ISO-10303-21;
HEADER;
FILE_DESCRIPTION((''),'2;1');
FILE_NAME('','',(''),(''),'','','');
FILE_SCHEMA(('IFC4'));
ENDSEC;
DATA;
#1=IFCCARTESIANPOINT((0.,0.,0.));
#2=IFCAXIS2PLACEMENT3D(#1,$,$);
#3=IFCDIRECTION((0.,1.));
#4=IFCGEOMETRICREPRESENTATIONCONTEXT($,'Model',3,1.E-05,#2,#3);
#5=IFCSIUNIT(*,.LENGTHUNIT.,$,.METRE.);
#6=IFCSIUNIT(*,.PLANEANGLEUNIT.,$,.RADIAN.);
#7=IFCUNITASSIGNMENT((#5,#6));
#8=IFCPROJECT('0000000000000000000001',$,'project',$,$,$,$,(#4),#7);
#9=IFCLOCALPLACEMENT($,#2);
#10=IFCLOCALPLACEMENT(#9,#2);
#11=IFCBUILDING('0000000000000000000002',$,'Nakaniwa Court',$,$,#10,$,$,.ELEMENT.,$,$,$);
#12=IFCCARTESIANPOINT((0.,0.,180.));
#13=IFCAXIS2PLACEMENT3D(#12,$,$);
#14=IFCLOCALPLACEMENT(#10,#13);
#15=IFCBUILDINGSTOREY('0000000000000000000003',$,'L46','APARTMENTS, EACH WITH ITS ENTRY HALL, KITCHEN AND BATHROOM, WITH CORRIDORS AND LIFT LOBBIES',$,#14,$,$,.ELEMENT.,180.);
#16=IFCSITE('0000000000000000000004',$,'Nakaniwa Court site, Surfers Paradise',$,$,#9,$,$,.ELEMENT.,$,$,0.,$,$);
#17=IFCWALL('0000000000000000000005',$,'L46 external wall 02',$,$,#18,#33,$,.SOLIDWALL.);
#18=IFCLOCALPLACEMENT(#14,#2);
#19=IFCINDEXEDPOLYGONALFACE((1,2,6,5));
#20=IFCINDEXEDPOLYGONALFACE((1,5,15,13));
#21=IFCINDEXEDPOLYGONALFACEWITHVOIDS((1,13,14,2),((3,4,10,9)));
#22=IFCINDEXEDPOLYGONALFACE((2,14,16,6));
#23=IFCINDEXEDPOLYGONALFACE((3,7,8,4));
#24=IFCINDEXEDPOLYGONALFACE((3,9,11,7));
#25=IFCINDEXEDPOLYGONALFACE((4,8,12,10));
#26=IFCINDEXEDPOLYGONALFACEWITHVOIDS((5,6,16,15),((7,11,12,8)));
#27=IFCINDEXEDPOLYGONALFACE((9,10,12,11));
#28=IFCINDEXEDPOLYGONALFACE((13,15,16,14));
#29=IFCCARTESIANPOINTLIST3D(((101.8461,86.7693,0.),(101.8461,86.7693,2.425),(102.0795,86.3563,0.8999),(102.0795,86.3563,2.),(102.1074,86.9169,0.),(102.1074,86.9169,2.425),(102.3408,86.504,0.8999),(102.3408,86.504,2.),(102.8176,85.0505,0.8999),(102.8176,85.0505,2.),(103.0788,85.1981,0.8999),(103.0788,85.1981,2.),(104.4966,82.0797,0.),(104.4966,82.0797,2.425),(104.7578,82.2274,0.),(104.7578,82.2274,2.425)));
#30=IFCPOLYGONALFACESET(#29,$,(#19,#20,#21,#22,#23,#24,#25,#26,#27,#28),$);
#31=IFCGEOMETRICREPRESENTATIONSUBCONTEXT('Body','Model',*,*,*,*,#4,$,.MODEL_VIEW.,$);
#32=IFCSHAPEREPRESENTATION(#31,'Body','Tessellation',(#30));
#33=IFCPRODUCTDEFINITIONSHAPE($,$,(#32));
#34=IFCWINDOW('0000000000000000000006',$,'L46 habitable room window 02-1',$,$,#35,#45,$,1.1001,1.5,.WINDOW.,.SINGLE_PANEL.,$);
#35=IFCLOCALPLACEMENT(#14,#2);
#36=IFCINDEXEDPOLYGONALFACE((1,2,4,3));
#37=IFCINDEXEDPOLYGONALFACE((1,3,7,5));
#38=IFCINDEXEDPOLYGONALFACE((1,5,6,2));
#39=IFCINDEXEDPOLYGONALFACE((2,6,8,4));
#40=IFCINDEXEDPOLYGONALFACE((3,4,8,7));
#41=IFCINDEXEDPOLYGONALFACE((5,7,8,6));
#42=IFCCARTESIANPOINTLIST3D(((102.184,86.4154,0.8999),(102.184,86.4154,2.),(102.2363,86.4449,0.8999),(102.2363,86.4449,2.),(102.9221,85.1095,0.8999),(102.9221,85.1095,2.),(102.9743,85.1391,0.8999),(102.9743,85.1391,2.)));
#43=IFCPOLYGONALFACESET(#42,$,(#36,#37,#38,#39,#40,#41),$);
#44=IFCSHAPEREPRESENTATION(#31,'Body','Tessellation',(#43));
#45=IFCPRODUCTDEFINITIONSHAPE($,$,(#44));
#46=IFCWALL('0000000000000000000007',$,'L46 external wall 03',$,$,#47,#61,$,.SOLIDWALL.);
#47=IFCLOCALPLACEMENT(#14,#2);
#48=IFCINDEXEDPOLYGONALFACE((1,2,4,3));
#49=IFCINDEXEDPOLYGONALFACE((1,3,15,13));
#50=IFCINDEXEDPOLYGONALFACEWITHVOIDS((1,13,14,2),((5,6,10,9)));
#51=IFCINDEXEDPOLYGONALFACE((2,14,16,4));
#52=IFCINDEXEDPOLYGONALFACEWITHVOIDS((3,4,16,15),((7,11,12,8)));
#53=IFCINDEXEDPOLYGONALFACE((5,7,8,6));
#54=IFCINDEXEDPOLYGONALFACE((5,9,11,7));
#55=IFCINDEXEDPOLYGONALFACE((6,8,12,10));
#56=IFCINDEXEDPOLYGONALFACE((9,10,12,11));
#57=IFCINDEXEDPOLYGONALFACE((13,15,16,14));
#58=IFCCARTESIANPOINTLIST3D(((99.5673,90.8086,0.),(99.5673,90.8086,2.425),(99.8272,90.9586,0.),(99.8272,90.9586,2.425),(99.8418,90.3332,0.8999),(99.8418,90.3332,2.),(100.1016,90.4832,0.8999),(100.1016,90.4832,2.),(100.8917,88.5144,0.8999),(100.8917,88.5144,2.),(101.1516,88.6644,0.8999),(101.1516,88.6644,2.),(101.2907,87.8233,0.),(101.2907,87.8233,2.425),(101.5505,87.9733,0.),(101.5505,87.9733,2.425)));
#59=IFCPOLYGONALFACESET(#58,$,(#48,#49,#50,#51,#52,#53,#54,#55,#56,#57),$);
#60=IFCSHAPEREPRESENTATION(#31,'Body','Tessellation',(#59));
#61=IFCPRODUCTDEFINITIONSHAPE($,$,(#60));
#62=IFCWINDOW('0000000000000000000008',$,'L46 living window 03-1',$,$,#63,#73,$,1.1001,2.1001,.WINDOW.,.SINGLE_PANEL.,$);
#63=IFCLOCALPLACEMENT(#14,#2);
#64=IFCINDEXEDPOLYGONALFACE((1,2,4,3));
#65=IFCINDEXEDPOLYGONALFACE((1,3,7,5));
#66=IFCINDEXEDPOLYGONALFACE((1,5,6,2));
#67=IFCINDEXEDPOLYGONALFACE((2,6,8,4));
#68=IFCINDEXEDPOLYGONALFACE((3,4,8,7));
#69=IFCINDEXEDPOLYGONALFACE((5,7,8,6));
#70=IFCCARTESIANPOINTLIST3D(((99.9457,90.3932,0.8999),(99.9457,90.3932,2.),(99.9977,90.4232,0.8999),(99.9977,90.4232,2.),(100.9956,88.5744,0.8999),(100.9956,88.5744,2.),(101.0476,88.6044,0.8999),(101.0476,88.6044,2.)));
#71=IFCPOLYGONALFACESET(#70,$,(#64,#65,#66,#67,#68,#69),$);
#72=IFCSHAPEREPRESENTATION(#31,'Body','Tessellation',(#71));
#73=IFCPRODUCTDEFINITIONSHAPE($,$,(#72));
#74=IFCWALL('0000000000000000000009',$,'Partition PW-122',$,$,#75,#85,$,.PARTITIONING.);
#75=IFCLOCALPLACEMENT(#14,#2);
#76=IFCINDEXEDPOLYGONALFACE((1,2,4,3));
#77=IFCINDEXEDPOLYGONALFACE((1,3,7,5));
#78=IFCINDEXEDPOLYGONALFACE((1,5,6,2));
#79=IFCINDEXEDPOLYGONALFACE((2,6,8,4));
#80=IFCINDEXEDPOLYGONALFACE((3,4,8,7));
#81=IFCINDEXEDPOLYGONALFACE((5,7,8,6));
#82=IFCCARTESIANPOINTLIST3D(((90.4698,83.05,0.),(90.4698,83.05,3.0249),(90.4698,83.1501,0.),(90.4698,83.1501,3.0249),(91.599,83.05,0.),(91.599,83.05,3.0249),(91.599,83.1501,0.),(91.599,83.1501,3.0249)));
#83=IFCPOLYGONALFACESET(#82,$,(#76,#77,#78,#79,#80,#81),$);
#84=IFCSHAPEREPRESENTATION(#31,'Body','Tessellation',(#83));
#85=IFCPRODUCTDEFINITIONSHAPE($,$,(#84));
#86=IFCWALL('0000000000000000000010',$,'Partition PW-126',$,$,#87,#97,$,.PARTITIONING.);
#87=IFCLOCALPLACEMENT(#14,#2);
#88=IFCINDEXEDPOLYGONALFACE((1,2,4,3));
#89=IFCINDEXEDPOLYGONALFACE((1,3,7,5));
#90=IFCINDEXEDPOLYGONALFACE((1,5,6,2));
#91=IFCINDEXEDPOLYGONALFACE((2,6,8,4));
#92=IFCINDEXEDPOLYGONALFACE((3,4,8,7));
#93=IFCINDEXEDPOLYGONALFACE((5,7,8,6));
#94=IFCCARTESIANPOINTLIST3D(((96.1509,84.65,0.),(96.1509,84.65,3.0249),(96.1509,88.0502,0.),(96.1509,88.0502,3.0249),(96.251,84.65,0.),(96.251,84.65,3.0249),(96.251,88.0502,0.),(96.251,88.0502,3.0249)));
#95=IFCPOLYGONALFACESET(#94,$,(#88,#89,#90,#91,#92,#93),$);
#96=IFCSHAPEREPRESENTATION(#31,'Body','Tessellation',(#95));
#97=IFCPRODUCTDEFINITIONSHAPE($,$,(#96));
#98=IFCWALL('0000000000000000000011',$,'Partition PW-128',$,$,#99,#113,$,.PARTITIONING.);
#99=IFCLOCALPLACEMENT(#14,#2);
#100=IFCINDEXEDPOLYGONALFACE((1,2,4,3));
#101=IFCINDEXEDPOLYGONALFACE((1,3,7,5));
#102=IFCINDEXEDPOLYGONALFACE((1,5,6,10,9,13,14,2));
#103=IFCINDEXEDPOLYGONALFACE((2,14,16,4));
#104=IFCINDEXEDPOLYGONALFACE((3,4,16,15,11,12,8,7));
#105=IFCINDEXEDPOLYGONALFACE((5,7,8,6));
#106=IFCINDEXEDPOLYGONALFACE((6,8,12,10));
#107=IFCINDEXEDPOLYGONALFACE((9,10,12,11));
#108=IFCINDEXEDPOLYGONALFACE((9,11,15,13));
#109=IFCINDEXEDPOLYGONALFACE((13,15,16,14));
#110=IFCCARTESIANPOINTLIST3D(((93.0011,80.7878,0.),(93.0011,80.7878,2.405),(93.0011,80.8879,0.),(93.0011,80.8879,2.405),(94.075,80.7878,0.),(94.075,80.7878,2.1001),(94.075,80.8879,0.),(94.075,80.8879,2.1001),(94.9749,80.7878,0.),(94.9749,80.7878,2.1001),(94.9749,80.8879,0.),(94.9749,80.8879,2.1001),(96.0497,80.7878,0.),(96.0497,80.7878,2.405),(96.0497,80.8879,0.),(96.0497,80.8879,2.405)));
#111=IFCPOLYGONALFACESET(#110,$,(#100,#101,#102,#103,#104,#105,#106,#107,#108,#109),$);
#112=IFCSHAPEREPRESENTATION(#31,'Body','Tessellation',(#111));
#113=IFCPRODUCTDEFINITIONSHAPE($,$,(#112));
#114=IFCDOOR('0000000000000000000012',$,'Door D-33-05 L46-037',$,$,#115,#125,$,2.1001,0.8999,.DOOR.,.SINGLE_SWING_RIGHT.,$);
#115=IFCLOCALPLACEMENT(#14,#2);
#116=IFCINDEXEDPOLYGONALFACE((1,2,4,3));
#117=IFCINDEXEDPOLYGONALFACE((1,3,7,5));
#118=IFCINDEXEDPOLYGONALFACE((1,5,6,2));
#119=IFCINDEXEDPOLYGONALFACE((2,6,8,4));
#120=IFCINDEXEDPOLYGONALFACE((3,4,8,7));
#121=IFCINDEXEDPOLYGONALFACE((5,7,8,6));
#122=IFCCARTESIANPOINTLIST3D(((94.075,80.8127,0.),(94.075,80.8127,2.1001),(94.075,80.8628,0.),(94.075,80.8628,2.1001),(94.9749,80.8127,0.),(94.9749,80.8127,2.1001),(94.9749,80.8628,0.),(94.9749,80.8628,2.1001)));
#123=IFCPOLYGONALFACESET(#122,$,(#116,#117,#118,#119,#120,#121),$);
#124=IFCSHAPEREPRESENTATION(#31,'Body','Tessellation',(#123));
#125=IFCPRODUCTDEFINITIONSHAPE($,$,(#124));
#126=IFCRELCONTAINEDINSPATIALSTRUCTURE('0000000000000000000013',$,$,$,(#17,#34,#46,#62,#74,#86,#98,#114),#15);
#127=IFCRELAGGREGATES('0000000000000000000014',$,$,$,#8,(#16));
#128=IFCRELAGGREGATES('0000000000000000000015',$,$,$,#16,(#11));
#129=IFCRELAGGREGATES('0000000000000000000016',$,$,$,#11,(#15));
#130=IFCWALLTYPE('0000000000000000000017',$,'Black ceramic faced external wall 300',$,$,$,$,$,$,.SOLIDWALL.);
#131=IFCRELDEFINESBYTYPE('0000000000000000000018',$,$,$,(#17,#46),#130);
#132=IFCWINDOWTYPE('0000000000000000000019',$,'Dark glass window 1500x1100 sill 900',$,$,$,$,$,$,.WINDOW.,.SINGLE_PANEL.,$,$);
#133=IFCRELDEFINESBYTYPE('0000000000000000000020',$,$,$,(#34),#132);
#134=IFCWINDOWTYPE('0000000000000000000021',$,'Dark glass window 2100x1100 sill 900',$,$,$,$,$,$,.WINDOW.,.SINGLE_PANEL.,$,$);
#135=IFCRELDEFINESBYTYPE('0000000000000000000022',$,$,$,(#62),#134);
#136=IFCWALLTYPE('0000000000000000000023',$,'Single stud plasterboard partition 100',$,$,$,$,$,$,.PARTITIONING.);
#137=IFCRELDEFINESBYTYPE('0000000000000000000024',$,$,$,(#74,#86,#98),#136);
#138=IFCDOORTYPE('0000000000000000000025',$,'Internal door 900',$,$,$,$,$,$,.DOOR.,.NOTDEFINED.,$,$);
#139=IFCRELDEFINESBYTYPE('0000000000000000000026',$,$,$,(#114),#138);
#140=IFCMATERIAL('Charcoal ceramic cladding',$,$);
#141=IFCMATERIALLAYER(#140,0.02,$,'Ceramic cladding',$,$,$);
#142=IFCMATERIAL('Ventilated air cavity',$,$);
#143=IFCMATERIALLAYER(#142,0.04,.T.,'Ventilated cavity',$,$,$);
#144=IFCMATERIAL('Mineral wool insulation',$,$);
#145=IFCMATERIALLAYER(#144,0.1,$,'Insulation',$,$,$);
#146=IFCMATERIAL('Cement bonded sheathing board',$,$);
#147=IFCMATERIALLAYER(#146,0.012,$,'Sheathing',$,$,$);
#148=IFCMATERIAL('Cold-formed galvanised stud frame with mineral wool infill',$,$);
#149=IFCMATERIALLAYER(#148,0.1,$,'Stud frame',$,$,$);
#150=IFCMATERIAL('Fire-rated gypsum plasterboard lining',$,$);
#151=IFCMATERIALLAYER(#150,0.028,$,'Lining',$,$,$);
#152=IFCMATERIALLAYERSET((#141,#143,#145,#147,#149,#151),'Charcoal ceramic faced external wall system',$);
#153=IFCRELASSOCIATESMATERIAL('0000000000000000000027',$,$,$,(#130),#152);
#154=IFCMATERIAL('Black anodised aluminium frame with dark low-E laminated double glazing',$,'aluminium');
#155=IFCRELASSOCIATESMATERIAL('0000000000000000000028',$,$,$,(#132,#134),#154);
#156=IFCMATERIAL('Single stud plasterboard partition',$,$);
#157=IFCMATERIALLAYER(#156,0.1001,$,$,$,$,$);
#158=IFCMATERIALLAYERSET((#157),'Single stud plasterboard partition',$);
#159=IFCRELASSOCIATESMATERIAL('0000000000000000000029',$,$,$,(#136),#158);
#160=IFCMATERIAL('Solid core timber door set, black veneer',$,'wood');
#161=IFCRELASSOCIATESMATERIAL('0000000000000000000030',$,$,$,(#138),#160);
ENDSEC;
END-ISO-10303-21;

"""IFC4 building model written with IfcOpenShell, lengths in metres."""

from ifc_helpers import new_model, si_unit, direction, frame, frame_2d, origin, place, context, subcontext, project, spatial, rectangle, extrude, material, layer, layer_set, type_object, element, fill, save


model = new_model("IFC4")

# Units and contexts
model_context = context("Model", 3, precision=1e-05, world=origin(), true_north=direction((0.0, 1.0)))
body_context = subcontext(model_context, "Body", "Model", "MODEL_VIEW")
ifc_project = project(units=[si_unit("LENGTHUNIT", "METRE"), si_unit("PLANEANGLEUNIT", "RADIAN")], contexts=[model_context])

# Site, building, storey
site_placement = place(None, origin())
site = spatial("IfcSite", under=ifc_project, at=site_placement, Name="Nakaniwa Court site, Surfers Paradise", CompositionType="ELEMENT", RefElevation=0.0)
building_placement = place(site_placement, origin())
building = spatial("IfcBuilding", under=site, at=building_placement, Name="Nakaniwa Court", CompositionType="ELEMENT")
storey_placement = place(building_placement, frame((0.0, 0.0, 180.0)))
storey = spatial("IfcBuildingStorey", under=building, at=storey_placement, Name="L46", Description="APARTMENTS, EACH WITH ITS ENTRY HALL, KITCHEN AND BATHROOM, WITH CORRIDORS AND LIFT LOBBIES", CompositionType="ELEMENT", Elevation=180.0)

# Shared definitions
ifc_material_1 = material(Name="Solid core timber door set, black veneer", Category="wood")

# Shared definitions
ifc_material_2 = material(Name="Charcoal ceramic cladding")
ifc_layer_1 = layer(ifc_material_2, 0.02, Name="Ceramic cladding")
ifc_material_3 = material(Name="Ventilated air cavity")
ifc_layer_2 = layer(ifc_material_3, 0.04, ventilated=True, Name="Ventilated cavity")
ifc_material_4 = material(Name="Mineral wool insulation")
ifc_layer_3 = layer(ifc_material_4, 0.1, Name="Insulation")
ifc_material_5 = material(Name="Cement bonded sheathing board")
ifc_layer_4 = layer(ifc_material_5, 0.012, Name="Sheathing")
ifc_material_6 = material(Name="Cold-formed galvanised stud frame with mineral wool infill")
ifc_layer_5 = layer(ifc_material_6, 0.1, Name="Stud frame")
ifc_material_7 = material(Name="Fire-rated gypsum plasterboard lining")
ifc_layer_6 = layer(ifc_material_7, 0.028, Name="Lining")
ifc_layer_set_1 = layer_set([ifc_layer_1, ifc_layer_2, ifc_layer_3, ifc_layer_4, ifc_layer_5, ifc_layer_6], Name="Charcoal ceramic faced external wall system")
wall_type_1 = type_object("IfcWallType", Name="Black ceramic faced external wall 300", PredefinedType="SOLIDWALL", material=ifc_layer_set_1)

# Walls, openings, windows
wall_1_placement = place(storey_placement, frame((104.6272, 82.1536, 0.0), z_axis=(0.0, 0.0, 1.0), x_axis=(-0.492033, 0.870576, 0.0)))
wall_1 = element("IfcWall", 1, at=wall_1_placement, inside=storey, type_object=wall_type_1, Name="L46 external wall 02", PredefinedType="SOLIDWALL", context=body_context, shape_type="SweptSolid", body=[
    extrude(rectangle(XDim=5.3867, YDim=0.3, at=frame_2d((2.6934, 0.0))), origin(), (0.0, 0.0, 1.0), 2.425),
])
opening_1_placement = place(wall_1_placement, frame((3.4124, 0.0, 0.8999)))
opening_1 = element("IfcOpeningElement", 2, at=opening_1_placement, cuts=wall_1, PredefinedType="OPENING", context=body_context, shape_type="SweptSolid", body=[
    extrude(rectangle(XDim=1.5, YDim=1.1001, at=frame_2d((0.75, 0.55))), frame((0.0, 0.1599, 0.0), z_axis=(0.0, -1.0, 0.0), x_axis=(1.0, 0.0, 0.0)), (0.0, 0.0, 1.0), 0.3201),
])
ifc_material_8 = material(Name="Black anodised aluminium frame with dark low-E laminated double glazing", Category="aluminium")
window_type_1 = type_object("IfcWindowType", Name="Dark glass window 1500x1100 sill 900", PartitioningType="SINGLE_PANEL", PredefinedType="WINDOW", material=ifc_material_8)
window_1_placement = place(opening_1_placement, origin())
window_1 = element("IfcWindow", 3, at=window_1_placement, inside=storey, type_object=window_type_1, Name="L46 habitable room window 02-1", OverallHeight=1.1001, OverallWidth=1.5, PartitioningType="SINGLE_PANEL", PredefinedType="WINDOW", context=body_context, shape_type="SweptSolid", body=[
    extrude(rectangle(XDim=1.5, YDim=1.1001, at=frame_2d((0.75, 0.55))), frame((0.0, 0.03, 0.0), z_axis=(0.0, -1.0, 0.0), x_axis=(1.0, 0.0, 0.0)), (0.0, 0.0, 1.0), 0.0601),
])
fill(opening_1, window_1)
wall_2_placement = place(storey_placement, frame((101.4207, 87.8982, 0.0), z_axis=(0.0, 0.0, 1.0), x_axis=(-0.499955, 0.866051, 0.0)))
wall_2 = element("IfcWall", 4, at=wall_2_placement, inside=storey, type_object=wall_type_1, Name="L46 external wall 03", PredefinedType="SOLIDWALL", context=body_context, shape_type="SweptSolid", body=[
    extrude(rectangle(XDim=3.447, YDim=0.3, at=frame_2d((1.7236, 0.0))), origin(), (0.0, 0.0, 1.0), 2.425),
])
opening_2_placement = place(wall_2_placement, frame((0.7981, 0.0, 0.8999)))
opening_2 = element("IfcOpeningElement", 5, at=opening_2_placement, cuts=wall_2, PredefinedType="OPENING", context=body_context, shape_type="SweptSolid", body=[
    extrude(rectangle(XDim=2.1001, YDim=1.1001, at=frame_2d((1.05, 0.55))), frame((0.0, 0.1599, 0.0), z_axis=(0.0, -1.0, 0.0), x_axis=(1.0, 0.0, 0.0)), (0.0, 0.0, 1.0), 0.3201),
])
window_type_2 = type_object("IfcWindowType", Name="Dark glass window 2100x1100 sill 900", PartitioningType="SINGLE_PANEL", PredefinedType="WINDOW", material=ifc_material_8)
window_2_placement = place(opening_2_placement, origin())
window_2 = element("IfcWindow", 6, at=window_2_placement, inside=storey, type_object=window_type_2, Name="L46 living window 03-1", OverallHeight=1.1001, OverallWidth=2.1001, PartitioningType="SINGLE_PANEL", PredefinedType="WINDOW", context=body_context, shape_type="SweptSolid", body=[
    extrude(rectangle(XDim=2.1001, YDim=1.1001, at=frame_2d((1.05, 0.55))), frame((0.0, 0.03, 0.0), z_axis=(0.0, -1.0, 0.0), x_axis=(1.0, 0.0, 0.0)), (0.0, 0.0, 1.0), 0.0601),
])
fill(opening_2, window_2)

# Walls
ifc_material_9 = material(Name="Single stud plasterboard partition")
ifc_layer_7 = layer(ifc_material_9, 0.1001)
ifc_layer_set_2 = layer_set([ifc_layer_7], Name="Single stud plasterboard partition")
wall_type_2 = type_object("IfcWallType", Name="Single stud plasterboard partition 100", PredefinedType="PARTITIONING", material=ifc_layer_set_2)
wall_3_placement = place(storey_placement, frame((90.47, 83.1001, 0.0), z_axis=(0.0, 0.0, 1.0), x_axis=(1.0, 0.0, 0.0)))
element("IfcWall", 7, at=wall_3_placement, inside=storey, type_object=wall_type_2, Name="Partition PW-122", PredefinedType="PARTITIONING", context=body_context, shape_type="SweptSolid", body=[
    extrude(rectangle(XDim=1.1292, YDim=0.1001, at=frame_2d((0.5645, 0.0))), origin(), (0.0, 0.0, 1.0), 3.0249),
])
wall_4_placement = place(storey_placement, frame((96.2009, 84.6499, 0.0), z_axis=(0.0, 0.0, 1.0), x_axis=(0.0, 1.0, 0.0)))
element("IfcWall", 8, at=wall_4_placement, inside=storey, type_object=wall_type_2, Name="Partition PW-126", PredefinedType="PARTITIONING", context=body_context, shape_type="SweptSolid", body=[
    extrude(rectangle(XDim=3.4001, YDim=0.1001, at=frame_2d((1.7002, 0.0))), origin(), (0.0, 0.0, 1.0), 3.0249),
])

# Wall, opening, door
wall_5_placement = place(storey_placement, frame((93.001, 80.8379, 0.0), z_axis=(0.0, 0.0, 1.0), x_axis=(1.0, 0.0, 0.0)))
wall_5 = element("IfcWall", 9, at=wall_5_placement, inside=storey, type_object=wall_type_2, Name="Partition PW-128", PredefinedType="PARTITIONING", context=body_context, shape_type="SweptSolid", body=[
    extrude(rectangle(XDim=3.0486, YDim=0.1001, at=frame_2d((1.5244, 0.0))), origin(), (0.0, 0.0, 1.0), 2.405),
])
opening_3_placement = place(wall_5_placement, frame((1.074, 0.0, 0.0)))
opening_3 = element("IfcOpeningElement", 10, at=opening_3_placement, cuts=wall_5, PredefinedType="OPENING", context=body_context, shape_type="SweptSolid", body=[
    extrude(rectangle(XDim=0.8999, YDim=2.1001, at=frame_2d((0.45, 1.05))), frame((0.0, 0.0601, 0.0), z_axis=(0.0, -1.0, 0.0), x_axis=(1.0, 0.0, 0.0)), (0.0, 0.0, 1.0), 0.1201),
])
door_type_1 = type_object("IfcDoorType", Name="Internal door 900", OperationType="NOTDEFINED", PredefinedType="DOOR", material=ifc_material_1)
door_1_placement = place(opening_3_placement, origin())
door_1 = element("IfcDoor", 11, at=door_1_placement, inside=storey, type_object=door_type_1, Name="Door D-33-05 L46-037", OperationType="SINGLE_SWING_RIGHT", OverallHeight=2.1001, OverallWidth=0.8999, PredefinedType="DOOR", context=body_context, shape_type="SweptSolid", body=[
    extrude(rectangle(XDim=0.8999, YDim=2.1001, at=frame_2d((0.45, 1.05))), frame((0.0, 0.0249, 0.0), z_axis=(0.0, -1.0, 0.0), x_axis=(1.0, 0.0, 0.0)), (0.0, 0.0, 1.0), 0.05),
])
fill(opening_3, door_1)

save(model, "model.ifc")
